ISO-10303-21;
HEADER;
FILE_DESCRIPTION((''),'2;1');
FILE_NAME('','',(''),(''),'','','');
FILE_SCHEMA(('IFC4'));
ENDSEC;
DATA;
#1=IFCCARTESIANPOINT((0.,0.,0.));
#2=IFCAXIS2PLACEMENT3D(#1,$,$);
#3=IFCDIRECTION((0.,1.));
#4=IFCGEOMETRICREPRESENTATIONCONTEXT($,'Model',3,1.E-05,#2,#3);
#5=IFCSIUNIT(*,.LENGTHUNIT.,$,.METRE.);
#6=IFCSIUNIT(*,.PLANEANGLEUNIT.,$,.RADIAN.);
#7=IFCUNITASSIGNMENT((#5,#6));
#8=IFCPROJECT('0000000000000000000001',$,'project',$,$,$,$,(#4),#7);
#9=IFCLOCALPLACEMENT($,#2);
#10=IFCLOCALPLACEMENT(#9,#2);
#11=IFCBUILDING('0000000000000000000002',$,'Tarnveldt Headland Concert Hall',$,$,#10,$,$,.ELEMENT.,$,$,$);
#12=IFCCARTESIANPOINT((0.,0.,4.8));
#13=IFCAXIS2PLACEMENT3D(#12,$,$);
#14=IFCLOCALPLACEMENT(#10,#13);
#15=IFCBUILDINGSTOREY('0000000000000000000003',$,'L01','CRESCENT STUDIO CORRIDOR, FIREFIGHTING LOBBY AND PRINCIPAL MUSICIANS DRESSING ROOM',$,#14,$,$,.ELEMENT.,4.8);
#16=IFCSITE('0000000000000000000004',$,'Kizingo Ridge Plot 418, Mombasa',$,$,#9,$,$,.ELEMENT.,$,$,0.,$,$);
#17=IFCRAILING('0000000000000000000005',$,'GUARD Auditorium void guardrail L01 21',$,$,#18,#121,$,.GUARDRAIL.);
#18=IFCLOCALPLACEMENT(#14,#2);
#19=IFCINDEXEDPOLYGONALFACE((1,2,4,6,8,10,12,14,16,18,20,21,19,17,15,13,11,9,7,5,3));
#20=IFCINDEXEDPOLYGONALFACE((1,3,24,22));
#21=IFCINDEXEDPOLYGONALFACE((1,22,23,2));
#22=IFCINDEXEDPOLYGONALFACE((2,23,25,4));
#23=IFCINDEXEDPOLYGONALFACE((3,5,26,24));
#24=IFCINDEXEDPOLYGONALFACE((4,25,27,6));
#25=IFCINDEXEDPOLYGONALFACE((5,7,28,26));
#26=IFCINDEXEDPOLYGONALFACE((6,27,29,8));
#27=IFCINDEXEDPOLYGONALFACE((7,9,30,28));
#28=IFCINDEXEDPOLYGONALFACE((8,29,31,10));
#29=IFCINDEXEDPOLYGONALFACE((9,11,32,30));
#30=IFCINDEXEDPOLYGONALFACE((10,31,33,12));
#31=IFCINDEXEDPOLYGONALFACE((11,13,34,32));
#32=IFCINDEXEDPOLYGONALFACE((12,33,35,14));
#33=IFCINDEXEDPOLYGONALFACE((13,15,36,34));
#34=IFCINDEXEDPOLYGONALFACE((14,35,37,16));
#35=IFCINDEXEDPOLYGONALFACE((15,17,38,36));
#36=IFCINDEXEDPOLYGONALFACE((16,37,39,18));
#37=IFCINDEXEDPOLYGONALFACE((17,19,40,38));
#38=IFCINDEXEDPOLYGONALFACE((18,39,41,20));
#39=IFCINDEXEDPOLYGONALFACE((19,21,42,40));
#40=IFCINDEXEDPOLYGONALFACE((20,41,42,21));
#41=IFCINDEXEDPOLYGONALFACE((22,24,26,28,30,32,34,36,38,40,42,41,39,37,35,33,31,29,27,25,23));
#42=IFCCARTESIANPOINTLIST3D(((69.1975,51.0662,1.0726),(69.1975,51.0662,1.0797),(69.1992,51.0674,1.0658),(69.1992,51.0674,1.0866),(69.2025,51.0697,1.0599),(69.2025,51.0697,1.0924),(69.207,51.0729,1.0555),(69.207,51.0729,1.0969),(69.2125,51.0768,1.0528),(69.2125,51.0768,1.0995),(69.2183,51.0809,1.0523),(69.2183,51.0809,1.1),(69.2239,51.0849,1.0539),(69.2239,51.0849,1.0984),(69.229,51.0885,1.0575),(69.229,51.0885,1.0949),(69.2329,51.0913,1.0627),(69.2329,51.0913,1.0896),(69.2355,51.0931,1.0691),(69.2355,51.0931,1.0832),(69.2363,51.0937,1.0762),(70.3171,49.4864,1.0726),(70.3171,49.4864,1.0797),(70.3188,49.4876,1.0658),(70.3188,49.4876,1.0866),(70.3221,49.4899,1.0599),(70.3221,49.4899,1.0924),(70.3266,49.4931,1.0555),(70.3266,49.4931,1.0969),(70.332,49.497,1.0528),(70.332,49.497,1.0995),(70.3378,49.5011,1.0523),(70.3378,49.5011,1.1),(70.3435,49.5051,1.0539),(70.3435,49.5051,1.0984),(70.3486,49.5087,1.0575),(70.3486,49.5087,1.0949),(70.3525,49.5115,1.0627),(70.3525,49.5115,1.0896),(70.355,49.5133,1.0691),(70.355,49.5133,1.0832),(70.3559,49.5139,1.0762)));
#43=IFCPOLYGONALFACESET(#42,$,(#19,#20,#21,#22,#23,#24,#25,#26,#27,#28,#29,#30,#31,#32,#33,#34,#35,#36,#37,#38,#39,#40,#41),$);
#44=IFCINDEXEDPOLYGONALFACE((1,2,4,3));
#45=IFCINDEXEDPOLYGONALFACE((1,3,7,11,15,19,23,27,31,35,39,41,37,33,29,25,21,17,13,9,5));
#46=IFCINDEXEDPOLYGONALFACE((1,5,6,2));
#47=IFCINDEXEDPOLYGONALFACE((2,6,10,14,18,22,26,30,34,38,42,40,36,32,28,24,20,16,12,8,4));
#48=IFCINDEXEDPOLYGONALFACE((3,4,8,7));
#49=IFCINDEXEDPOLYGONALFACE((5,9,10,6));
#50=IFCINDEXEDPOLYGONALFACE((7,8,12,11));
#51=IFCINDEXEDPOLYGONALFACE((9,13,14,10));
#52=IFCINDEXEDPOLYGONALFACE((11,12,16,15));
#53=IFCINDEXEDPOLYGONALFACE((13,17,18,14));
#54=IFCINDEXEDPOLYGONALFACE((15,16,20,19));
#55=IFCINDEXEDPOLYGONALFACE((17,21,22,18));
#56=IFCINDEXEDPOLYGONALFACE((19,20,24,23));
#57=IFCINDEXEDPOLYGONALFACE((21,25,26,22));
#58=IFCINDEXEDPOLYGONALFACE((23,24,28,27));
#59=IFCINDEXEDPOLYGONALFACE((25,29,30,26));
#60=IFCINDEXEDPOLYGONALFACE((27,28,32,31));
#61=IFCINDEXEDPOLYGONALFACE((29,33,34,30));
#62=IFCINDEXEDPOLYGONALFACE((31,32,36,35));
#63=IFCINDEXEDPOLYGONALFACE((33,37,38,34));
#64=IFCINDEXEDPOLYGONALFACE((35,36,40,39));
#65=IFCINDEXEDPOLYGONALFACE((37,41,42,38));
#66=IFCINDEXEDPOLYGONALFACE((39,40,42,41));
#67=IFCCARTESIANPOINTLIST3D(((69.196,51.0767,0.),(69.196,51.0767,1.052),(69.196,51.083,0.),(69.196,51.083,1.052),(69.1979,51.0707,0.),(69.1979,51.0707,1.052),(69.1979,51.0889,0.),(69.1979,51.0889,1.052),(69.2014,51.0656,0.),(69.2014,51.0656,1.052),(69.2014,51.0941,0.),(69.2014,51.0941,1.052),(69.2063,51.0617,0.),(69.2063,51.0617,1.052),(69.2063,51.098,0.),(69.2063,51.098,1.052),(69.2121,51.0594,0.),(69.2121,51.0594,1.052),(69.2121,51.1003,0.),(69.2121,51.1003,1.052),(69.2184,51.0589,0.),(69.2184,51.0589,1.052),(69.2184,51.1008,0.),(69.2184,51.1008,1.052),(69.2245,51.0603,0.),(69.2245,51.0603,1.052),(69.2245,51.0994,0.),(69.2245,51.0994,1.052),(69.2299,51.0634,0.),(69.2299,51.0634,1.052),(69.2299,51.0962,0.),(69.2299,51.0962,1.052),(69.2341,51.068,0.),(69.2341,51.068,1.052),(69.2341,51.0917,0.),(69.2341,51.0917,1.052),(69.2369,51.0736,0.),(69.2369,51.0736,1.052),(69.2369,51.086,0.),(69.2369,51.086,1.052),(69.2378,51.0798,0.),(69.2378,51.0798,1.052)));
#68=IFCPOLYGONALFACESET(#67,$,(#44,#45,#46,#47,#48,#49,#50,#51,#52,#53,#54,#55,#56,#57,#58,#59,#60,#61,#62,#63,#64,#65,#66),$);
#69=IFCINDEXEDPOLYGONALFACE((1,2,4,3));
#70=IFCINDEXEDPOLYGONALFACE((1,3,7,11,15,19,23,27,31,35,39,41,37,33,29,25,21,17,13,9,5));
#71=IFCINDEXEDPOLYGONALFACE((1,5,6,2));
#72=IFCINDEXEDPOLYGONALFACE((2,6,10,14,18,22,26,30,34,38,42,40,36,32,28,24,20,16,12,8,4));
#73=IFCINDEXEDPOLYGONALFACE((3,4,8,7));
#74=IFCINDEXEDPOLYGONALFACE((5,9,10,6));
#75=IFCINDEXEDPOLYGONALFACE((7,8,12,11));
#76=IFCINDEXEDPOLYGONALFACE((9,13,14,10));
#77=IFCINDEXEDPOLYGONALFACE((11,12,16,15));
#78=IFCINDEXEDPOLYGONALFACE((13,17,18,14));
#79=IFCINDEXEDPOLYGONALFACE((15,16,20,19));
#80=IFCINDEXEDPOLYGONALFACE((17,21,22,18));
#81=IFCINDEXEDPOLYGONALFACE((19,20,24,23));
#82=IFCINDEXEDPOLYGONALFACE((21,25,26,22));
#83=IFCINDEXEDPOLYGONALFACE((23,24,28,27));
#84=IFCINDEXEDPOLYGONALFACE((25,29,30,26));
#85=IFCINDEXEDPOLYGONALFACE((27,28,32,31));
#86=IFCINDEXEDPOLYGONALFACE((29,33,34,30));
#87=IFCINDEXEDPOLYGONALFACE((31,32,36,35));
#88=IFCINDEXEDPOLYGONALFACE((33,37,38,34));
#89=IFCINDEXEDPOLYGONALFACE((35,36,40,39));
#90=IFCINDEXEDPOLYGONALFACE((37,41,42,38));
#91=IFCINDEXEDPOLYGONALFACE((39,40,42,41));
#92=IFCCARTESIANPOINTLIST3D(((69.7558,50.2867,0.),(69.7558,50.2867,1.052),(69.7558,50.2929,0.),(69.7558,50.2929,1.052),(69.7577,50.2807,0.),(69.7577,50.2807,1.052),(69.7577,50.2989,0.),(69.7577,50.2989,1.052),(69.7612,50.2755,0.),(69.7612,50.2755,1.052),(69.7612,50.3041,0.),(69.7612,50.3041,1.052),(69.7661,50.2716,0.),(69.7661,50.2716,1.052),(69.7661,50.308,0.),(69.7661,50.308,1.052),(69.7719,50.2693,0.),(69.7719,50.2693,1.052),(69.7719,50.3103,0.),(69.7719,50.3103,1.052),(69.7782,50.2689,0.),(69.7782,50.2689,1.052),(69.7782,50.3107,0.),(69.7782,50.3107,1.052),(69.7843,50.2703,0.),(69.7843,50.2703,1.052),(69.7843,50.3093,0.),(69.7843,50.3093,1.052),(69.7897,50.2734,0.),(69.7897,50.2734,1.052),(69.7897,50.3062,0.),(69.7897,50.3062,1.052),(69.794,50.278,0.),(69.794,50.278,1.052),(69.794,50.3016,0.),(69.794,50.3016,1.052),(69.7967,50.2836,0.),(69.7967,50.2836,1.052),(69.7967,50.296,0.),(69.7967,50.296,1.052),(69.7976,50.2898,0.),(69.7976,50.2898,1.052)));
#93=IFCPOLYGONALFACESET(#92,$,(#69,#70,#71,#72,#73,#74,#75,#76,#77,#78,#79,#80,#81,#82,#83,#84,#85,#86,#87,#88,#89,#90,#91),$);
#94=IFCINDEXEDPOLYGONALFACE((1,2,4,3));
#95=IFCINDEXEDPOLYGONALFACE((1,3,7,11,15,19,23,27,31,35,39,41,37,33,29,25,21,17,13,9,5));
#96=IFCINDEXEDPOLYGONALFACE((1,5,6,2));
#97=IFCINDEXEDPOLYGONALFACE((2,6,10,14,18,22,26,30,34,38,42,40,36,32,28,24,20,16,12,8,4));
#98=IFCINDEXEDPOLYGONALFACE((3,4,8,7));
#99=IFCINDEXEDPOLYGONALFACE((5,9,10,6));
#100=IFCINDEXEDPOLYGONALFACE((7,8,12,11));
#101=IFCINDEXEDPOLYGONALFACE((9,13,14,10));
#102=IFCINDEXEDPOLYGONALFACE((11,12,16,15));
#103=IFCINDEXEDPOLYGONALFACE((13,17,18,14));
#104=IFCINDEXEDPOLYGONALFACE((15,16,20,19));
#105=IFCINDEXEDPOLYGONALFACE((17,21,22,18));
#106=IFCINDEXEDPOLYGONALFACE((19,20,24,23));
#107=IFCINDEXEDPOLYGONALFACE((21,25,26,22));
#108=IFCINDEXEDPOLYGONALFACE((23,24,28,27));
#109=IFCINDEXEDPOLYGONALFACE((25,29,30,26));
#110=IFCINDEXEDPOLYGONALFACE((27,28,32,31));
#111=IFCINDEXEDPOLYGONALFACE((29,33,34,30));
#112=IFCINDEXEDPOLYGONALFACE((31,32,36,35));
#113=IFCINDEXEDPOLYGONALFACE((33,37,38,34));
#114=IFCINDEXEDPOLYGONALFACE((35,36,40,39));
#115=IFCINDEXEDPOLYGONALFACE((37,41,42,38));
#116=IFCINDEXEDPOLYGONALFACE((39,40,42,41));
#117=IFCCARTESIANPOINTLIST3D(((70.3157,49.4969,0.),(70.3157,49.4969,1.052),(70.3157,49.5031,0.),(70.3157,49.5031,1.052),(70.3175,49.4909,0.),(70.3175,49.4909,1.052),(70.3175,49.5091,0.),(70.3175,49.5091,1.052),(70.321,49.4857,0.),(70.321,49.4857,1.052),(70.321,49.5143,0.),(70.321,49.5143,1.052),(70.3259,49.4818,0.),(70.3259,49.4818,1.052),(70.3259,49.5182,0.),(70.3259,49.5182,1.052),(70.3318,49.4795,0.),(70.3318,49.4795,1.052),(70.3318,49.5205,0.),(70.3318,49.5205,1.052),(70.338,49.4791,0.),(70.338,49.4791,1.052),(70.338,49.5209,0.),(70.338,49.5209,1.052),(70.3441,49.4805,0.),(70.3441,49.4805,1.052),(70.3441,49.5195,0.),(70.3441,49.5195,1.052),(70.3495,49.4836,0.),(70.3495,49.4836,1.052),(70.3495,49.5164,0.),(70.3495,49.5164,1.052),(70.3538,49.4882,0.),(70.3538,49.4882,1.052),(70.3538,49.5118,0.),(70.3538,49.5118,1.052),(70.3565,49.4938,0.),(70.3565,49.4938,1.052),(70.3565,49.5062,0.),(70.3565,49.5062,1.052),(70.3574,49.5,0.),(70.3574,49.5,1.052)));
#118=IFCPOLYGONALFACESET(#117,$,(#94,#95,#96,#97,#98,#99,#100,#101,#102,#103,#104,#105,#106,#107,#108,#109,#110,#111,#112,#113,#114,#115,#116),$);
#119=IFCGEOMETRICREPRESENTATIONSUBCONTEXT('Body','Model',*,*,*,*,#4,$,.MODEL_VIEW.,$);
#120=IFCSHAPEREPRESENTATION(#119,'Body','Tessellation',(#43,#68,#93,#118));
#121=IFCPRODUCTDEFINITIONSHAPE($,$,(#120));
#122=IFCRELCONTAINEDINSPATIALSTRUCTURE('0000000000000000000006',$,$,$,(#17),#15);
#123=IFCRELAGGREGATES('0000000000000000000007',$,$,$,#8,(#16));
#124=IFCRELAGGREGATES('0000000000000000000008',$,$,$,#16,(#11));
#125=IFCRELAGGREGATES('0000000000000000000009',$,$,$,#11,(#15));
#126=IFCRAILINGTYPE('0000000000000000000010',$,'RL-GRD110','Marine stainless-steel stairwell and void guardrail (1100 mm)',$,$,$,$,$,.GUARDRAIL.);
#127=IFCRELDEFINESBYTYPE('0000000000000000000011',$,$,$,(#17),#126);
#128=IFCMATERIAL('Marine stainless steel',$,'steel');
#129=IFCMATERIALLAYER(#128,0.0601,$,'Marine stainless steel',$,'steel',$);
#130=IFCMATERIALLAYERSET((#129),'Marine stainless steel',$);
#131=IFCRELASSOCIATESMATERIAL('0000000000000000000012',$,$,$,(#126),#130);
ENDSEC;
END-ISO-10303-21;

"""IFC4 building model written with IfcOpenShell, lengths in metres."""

from ifc_helpers import new_model, si_unit, direction, frame, origin, origin_2d, place, context, subcontext, project, spatial, circle, extrude, material, layer, layer_set, type_object, element, save


model = new_model("IFC4")

# Units and contexts
model_context = context("Model", 3, precision=1e-05, world=origin(), true_north=direction((0.0, 1.0)))
body_context = subcontext(model_context, "Body", "Model", "MODEL_VIEW")
ifc_project = project(units=[si_unit("LENGTHUNIT", "METRE"), si_unit("PLANEANGLEUNIT", "RADIAN")], contexts=[model_context])

# Site, building, storey
site_placement = place(None, origin())
site = spatial("IfcSite", under=ifc_project, at=site_placement, Name="Kizingo Ridge Plot 418, Mombasa", CompositionType="ELEMENT", RefElevation=0.0)
building_placement = place(site_placement, origin())
building = spatial("IfcBuilding", under=site, at=building_placement, Name="Tarnveldt Headland Concert Hall", CompositionType="ELEMENT")
storey_placement = place(building_placement, frame((0.0, 0.0, 4.8)))
storey = spatial("IfcBuildingStorey", under=building, at=storey_placement, Name="L01", Description="CRESCENT STUDIO CORRIDOR, FIREFIGHTING LOBBY AND PRINCIPAL MUSICIANS DRESSING ROOM", CompositionType="ELEMENT", Elevation=4.8)

# Railing
ifc_material_1 = material(Name="Marine stainless steel", Category="steel")
ifc_layer_1 = layer(ifc_material_1, 0.0601, Name="Marine stainless steel", Category="steel")
ifc_layer_set_1 = layer_set([ifc_layer_1], Name="Marine stainless steel")
railing_type = type_object("IfcRailingType", Name="RL-GRD110", Description="Marine stainless-steel stairwell and void guardrail (1100 mm)", PredefinedType="GUARDRAIL", material=ifc_layer_set_1)
railing_1_placement = place(storey_placement, frame((69.2168, 51.0798, 0.0)))
element("IfcRailing", 1, at=railing_1_placement, inside=storey, type_object=railing_type, Name="GUARD Auditorium void guardrail L01 21", PredefinedType="GUARDRAIL", context=body_context, shape_type="SweptSolid", body=[
    extrude(circle(Radius=0.0239, at=origin_2d()), frame((0.0, 0.0, 1.0762), z_axis=(0.578217, -0.815883, 0.0), x_axis=(0.815883, 0.578217, 0.0)), (0.0, 0.0, 1.0), 1.9363),
    extrude(circle(Radius=0.021, at=origin_2d()), origin(), (0.0, 0.0, 1.0), 1.052),
    extrude(circle(Radius=0.021, at=origin_2d()), frame((0.5598, -0.79, 0.0)), (0.0, 0.0, 1.0), 1.052),
    extrude(circle(Radius=0.021, at=origin_2d()), frame((1.1196, -1.5798, 0.0)), (0.0, 0.0, 1.0), 1.052),
])

save(model, "model.ifc")
